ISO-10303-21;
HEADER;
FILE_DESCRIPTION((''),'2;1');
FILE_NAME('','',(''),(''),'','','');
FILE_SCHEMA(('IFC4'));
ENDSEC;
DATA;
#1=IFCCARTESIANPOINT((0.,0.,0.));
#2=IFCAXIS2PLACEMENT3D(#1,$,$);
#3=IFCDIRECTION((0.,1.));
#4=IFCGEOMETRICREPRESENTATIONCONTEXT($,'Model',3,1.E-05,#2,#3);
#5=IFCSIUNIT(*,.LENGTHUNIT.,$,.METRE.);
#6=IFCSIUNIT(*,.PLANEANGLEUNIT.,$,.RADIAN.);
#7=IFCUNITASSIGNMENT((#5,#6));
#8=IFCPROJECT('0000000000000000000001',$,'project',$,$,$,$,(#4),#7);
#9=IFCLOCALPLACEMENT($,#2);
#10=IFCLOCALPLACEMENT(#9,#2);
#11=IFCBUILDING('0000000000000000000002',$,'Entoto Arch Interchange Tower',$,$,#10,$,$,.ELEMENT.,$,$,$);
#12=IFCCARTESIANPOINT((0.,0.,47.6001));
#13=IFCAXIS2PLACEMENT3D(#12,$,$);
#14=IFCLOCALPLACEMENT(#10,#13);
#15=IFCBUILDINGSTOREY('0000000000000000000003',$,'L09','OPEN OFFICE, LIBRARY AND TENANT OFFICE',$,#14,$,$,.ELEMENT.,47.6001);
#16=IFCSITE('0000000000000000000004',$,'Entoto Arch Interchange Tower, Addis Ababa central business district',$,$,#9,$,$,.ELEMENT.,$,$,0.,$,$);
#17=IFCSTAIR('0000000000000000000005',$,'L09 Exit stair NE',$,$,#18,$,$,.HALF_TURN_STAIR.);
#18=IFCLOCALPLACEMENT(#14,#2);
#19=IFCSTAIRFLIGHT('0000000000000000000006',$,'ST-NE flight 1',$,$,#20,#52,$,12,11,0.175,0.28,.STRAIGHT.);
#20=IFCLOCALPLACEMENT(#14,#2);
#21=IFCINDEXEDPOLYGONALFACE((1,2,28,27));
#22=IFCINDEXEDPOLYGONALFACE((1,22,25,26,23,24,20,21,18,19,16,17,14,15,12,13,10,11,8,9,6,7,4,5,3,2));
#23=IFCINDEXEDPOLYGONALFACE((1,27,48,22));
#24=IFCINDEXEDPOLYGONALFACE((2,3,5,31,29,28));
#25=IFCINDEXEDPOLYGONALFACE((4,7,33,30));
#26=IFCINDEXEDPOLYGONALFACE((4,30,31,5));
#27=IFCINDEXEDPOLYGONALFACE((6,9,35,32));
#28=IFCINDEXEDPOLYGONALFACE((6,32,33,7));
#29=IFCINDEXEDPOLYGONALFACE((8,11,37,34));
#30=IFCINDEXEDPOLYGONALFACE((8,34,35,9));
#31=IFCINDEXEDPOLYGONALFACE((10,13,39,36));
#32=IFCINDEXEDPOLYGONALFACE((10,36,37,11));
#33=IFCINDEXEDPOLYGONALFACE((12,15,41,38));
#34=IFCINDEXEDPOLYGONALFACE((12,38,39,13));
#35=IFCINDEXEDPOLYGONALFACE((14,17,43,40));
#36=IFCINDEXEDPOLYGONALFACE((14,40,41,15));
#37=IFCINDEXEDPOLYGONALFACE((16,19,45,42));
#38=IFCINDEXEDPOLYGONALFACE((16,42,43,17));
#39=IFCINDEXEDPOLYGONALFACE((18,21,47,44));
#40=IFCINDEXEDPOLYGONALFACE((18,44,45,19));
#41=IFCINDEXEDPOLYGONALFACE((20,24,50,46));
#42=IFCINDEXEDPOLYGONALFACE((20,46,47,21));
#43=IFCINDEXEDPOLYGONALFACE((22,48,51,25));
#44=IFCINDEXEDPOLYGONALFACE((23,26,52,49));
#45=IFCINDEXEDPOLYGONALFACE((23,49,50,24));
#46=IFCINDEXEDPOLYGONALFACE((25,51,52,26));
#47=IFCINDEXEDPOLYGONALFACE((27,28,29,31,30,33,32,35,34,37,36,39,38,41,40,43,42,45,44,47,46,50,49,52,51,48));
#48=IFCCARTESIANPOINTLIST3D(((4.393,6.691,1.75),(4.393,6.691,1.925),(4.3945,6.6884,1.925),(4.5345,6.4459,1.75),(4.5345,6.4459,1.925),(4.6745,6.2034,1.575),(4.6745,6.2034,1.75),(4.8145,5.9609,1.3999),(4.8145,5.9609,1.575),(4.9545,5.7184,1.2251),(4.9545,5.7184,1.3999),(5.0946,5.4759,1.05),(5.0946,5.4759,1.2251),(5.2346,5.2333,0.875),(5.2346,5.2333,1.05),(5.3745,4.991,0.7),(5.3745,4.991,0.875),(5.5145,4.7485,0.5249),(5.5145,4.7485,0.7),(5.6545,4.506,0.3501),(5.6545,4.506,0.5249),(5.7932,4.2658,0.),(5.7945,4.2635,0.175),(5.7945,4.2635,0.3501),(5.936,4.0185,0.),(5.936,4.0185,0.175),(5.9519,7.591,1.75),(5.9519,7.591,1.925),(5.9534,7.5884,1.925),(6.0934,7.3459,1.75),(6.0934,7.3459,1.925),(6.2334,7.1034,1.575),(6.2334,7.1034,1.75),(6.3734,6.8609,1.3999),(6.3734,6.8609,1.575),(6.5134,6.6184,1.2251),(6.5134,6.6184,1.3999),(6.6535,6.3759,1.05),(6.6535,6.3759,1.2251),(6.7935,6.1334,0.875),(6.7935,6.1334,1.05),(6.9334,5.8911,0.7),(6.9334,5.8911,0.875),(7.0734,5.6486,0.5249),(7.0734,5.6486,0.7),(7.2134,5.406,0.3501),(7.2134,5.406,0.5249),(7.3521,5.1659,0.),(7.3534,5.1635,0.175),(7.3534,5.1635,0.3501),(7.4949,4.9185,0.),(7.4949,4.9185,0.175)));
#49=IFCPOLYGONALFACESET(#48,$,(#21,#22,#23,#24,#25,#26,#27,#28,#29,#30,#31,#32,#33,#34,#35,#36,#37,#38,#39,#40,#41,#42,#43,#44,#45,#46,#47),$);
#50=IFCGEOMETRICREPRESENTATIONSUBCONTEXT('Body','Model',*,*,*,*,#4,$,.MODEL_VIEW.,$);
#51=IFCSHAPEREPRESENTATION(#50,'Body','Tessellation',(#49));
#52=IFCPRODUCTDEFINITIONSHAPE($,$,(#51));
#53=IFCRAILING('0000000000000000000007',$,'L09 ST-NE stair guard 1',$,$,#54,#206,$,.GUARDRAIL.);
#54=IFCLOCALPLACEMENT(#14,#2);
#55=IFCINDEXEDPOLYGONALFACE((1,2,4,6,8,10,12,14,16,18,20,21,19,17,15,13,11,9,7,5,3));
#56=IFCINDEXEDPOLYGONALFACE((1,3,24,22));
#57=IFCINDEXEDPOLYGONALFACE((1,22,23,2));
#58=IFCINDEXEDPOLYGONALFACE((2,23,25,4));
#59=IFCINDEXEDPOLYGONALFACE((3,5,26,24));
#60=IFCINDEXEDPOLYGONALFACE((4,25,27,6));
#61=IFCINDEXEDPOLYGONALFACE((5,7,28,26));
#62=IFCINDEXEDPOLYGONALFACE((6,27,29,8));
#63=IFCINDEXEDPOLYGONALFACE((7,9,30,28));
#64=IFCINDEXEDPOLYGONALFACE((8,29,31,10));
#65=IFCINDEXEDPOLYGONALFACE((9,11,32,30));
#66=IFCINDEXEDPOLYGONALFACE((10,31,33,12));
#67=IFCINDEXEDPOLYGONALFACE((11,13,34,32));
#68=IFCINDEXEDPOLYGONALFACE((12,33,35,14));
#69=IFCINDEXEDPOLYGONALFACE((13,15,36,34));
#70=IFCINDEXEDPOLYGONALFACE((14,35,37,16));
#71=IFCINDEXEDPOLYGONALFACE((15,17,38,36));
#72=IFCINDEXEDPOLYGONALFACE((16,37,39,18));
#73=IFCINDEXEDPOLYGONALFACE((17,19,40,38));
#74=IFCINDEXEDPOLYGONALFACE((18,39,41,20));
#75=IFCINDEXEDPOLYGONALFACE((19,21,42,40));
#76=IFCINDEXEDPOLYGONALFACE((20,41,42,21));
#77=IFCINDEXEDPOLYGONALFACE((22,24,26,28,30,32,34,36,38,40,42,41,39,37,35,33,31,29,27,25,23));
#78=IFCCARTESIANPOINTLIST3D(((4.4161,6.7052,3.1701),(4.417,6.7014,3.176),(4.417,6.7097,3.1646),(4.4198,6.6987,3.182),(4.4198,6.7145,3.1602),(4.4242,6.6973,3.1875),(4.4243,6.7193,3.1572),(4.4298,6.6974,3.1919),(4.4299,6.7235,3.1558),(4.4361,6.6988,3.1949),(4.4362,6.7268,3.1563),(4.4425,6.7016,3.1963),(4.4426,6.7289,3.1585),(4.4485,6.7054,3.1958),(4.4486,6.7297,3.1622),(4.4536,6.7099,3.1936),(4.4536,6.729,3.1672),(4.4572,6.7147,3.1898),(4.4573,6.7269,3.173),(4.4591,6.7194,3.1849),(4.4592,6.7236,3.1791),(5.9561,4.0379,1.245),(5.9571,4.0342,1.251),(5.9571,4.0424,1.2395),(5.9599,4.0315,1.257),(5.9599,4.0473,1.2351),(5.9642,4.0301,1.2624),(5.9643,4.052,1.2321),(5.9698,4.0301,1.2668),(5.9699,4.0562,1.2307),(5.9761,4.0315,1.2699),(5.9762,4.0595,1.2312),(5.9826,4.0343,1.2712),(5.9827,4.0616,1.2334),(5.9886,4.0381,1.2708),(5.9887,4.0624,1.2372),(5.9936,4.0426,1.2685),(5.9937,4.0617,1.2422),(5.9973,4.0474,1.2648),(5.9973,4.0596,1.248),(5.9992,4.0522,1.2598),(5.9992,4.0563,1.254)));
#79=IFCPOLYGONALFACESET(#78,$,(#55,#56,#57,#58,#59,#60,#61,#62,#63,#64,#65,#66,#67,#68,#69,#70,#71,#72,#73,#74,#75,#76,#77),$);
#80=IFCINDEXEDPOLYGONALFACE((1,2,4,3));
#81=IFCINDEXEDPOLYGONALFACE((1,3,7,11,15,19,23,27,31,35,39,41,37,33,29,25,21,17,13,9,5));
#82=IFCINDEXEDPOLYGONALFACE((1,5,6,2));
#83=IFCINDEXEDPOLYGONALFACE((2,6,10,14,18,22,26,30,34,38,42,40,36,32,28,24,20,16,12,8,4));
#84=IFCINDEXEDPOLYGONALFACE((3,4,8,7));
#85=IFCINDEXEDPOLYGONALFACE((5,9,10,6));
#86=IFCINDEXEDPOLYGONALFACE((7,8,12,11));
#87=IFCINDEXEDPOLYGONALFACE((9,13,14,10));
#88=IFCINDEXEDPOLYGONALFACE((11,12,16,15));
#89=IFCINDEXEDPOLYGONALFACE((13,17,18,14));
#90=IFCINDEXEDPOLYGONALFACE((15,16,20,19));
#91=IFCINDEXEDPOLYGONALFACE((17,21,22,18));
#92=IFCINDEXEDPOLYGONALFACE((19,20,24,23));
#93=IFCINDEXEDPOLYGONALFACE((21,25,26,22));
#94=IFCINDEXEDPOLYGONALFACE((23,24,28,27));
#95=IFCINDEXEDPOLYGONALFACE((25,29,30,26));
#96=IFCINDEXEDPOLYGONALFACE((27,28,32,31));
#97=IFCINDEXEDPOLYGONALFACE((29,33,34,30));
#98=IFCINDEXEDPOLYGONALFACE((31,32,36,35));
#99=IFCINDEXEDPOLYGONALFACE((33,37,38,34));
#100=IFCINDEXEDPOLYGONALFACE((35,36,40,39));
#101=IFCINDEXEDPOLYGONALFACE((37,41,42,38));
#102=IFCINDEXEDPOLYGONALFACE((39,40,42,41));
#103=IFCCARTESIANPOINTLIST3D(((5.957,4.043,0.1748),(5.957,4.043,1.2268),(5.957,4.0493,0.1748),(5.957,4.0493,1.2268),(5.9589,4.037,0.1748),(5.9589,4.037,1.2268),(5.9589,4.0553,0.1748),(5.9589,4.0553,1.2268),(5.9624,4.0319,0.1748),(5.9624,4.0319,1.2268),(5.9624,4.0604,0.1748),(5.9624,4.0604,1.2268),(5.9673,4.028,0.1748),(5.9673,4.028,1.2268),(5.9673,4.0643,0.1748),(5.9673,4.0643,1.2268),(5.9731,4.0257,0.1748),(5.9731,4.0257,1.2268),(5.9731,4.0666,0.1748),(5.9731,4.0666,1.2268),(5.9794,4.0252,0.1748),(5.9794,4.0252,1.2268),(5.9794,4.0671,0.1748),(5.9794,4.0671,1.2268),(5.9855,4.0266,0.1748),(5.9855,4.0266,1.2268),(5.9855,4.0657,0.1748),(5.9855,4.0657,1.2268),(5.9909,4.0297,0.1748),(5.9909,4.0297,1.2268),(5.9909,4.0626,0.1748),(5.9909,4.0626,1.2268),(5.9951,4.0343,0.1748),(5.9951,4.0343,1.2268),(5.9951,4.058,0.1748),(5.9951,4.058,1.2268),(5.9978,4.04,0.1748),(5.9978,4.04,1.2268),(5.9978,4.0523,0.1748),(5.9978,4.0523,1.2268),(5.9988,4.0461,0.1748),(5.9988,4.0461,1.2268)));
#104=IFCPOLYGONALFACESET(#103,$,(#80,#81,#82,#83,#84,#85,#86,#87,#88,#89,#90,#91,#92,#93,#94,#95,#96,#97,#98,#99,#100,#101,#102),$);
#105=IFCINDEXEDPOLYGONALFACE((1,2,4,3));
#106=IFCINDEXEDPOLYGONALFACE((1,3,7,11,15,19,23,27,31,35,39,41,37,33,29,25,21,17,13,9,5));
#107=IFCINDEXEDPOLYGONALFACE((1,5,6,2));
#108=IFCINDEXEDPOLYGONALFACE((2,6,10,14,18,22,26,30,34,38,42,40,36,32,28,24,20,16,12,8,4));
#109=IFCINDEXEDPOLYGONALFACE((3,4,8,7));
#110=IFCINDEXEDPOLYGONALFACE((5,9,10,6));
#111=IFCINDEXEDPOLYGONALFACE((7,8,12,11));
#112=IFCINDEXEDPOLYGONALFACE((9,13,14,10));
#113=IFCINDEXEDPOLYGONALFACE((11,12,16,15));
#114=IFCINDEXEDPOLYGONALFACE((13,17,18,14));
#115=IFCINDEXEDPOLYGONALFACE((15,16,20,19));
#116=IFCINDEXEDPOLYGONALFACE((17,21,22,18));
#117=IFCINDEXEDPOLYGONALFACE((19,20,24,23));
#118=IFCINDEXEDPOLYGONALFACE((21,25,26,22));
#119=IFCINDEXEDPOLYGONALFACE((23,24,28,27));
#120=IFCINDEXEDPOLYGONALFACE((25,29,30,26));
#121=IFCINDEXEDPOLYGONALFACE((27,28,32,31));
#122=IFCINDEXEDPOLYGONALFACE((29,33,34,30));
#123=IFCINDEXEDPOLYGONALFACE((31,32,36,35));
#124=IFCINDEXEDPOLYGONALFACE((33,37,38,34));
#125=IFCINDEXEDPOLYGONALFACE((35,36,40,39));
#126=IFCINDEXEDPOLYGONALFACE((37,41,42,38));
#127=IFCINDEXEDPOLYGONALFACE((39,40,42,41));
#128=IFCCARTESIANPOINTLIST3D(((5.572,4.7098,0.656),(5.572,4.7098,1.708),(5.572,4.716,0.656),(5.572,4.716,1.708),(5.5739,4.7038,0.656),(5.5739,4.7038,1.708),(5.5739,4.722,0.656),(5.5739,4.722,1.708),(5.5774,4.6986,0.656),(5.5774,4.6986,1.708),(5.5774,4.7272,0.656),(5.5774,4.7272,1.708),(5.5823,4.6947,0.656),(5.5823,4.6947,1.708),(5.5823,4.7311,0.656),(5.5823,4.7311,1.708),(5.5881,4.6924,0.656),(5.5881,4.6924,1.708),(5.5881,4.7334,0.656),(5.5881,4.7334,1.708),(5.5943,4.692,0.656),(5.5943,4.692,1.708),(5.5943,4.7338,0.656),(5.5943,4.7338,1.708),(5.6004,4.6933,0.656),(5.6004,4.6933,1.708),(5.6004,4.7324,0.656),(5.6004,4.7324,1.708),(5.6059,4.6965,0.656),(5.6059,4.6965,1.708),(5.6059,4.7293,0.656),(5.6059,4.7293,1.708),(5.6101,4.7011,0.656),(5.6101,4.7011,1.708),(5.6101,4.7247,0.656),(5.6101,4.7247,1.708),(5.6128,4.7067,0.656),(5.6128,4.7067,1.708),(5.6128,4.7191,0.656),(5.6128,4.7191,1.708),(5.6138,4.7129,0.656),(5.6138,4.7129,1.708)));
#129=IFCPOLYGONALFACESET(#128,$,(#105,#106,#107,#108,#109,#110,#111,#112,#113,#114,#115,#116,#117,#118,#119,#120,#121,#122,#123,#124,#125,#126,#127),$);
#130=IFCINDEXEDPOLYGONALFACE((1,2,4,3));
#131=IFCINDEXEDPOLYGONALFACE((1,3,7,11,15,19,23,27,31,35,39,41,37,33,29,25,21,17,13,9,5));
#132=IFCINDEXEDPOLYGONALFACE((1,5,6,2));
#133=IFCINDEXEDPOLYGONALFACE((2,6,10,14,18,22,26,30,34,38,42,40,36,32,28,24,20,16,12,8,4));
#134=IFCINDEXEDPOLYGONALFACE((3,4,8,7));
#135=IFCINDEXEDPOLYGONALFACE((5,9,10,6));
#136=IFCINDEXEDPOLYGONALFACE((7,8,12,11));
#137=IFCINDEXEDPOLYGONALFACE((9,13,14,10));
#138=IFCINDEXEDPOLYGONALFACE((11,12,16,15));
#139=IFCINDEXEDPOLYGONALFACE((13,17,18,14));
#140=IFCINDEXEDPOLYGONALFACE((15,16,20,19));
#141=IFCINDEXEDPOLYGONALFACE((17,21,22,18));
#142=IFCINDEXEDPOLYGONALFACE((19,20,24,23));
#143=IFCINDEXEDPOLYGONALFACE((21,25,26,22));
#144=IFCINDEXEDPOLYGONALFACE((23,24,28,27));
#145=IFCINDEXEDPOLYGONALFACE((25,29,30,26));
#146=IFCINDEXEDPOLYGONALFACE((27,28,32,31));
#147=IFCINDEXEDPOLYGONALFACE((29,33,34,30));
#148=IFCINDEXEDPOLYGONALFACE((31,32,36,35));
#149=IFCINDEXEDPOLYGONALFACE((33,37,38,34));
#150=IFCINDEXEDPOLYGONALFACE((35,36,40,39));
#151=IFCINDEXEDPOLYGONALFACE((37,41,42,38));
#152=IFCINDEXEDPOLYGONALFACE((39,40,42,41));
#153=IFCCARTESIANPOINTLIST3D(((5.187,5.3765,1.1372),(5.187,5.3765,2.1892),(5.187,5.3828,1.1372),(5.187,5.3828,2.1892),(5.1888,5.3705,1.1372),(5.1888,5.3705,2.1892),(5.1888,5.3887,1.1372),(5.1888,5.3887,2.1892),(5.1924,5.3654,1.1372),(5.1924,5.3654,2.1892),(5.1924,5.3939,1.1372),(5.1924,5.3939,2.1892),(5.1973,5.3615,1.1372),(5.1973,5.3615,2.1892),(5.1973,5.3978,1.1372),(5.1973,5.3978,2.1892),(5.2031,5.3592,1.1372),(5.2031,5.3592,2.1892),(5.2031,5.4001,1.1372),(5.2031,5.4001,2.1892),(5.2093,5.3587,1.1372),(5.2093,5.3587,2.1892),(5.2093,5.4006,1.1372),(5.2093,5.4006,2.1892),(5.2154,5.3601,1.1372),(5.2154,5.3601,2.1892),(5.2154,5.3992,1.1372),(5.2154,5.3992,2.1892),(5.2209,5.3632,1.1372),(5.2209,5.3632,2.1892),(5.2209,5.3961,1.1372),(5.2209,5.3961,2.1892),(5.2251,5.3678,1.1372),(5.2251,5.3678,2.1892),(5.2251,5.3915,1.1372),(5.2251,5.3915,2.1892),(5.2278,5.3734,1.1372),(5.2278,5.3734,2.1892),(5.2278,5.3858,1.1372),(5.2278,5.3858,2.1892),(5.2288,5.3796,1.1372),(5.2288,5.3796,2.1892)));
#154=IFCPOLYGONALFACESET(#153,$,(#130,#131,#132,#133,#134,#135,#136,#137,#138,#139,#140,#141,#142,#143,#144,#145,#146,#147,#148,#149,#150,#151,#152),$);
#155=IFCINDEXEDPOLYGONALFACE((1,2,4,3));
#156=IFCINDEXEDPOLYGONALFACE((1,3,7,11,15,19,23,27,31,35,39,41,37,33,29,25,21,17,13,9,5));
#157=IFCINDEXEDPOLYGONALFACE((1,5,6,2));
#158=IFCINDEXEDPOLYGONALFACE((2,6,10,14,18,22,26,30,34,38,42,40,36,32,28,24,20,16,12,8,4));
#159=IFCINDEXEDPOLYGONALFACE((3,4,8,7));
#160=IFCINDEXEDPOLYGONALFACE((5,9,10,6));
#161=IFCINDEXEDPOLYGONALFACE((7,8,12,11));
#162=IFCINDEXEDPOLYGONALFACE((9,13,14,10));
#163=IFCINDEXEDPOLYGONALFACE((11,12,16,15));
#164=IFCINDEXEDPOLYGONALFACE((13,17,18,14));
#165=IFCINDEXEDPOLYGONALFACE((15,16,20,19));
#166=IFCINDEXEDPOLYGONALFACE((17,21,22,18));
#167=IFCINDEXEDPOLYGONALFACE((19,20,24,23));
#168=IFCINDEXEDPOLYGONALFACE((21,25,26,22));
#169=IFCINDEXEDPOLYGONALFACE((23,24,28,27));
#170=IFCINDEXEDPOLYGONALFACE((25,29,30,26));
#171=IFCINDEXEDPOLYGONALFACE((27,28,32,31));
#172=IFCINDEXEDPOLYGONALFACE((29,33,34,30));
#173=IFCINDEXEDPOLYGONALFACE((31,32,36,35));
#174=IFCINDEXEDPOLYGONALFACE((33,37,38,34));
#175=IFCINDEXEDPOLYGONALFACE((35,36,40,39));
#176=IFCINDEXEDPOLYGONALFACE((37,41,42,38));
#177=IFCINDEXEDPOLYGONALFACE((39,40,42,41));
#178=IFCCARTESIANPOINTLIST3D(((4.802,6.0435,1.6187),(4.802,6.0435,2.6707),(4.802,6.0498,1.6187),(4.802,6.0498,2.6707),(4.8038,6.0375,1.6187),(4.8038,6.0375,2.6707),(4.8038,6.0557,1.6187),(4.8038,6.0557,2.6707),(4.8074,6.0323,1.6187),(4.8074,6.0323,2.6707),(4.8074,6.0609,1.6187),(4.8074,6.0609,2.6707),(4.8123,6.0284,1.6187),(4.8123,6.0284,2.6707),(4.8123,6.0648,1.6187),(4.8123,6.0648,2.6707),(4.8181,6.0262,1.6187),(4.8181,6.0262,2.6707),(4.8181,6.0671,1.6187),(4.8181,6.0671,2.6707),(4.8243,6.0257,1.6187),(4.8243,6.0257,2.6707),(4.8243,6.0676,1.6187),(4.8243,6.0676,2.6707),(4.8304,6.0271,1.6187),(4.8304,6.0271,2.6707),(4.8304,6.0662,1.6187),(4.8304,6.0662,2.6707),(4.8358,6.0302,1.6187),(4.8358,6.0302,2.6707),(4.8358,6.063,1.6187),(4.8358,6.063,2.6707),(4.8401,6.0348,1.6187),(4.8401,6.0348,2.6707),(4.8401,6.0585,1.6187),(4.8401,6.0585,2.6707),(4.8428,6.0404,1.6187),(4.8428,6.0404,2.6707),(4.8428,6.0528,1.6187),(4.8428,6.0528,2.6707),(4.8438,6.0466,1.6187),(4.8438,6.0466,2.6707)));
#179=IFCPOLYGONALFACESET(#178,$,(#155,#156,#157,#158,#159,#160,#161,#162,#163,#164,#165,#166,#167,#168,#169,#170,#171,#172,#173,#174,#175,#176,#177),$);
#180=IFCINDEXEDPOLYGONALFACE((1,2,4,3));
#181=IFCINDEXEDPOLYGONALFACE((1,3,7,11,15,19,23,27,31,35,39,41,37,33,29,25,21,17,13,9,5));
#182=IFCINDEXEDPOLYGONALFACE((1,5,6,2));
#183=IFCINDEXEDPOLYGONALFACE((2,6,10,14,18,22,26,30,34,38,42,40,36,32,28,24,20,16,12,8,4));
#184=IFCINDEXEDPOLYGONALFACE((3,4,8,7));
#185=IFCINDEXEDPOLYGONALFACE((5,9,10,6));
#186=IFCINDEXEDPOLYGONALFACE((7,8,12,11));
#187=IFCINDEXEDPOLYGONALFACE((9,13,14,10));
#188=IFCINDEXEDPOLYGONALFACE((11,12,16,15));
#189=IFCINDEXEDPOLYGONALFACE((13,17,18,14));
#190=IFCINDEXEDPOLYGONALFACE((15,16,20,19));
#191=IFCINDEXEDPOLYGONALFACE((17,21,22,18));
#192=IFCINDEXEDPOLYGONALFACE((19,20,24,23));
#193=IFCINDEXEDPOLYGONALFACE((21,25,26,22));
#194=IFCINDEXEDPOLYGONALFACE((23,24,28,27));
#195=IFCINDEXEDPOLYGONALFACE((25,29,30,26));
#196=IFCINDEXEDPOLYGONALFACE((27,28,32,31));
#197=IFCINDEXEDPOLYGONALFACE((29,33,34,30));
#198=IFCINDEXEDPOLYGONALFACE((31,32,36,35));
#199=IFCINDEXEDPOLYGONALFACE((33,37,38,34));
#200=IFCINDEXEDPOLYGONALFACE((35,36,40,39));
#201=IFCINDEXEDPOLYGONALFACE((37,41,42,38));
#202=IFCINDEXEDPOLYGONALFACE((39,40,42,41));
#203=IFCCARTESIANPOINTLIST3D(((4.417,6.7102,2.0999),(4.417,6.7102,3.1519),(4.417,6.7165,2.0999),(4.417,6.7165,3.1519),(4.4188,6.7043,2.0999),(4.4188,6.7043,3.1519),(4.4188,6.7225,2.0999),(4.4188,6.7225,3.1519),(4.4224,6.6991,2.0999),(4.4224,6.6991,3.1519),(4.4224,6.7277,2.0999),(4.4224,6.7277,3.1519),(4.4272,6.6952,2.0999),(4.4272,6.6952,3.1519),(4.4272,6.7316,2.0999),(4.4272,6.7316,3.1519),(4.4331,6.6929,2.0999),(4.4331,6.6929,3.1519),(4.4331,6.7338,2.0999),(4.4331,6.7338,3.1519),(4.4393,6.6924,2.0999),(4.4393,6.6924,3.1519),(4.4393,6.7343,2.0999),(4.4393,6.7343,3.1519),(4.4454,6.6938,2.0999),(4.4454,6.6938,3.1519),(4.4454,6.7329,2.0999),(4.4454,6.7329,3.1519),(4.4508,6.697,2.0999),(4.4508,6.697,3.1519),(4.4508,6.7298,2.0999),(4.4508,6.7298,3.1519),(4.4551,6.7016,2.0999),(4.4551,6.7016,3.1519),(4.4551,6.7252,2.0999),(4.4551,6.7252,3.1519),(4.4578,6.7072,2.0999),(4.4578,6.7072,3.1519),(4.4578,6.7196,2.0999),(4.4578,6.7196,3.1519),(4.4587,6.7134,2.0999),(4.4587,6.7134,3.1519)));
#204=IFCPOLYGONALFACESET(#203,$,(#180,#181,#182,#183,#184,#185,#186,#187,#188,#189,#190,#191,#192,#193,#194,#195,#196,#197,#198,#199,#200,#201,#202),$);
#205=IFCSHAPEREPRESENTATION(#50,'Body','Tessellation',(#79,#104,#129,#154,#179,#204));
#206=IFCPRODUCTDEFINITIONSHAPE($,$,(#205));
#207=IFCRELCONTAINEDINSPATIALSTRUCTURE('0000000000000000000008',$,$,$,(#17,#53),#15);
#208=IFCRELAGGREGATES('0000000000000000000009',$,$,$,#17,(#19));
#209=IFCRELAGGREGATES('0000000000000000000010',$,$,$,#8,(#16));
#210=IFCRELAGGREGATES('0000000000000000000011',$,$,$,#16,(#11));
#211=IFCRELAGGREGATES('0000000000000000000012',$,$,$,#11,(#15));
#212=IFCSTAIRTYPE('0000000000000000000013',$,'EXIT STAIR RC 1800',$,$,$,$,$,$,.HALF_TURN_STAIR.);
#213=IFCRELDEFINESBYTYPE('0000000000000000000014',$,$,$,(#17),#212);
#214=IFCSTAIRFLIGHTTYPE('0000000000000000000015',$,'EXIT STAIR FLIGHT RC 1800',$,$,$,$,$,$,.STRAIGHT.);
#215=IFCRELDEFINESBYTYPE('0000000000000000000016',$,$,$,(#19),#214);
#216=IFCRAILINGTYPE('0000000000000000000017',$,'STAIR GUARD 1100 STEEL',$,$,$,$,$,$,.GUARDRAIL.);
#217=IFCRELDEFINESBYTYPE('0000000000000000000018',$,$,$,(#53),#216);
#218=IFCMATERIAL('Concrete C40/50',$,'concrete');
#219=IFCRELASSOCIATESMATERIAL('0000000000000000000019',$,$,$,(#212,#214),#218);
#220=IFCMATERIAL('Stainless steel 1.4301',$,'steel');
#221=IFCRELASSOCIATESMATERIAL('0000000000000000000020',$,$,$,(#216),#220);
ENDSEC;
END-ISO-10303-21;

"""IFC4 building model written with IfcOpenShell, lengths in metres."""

from ifc_helpers import new_model, si_unit, direction, frame, origin, origin_2d, place, context, subcontext, project, spatial, polyline, circle, outline, extrude, material, type_object, element, aggregate, save


model = new_model("IFC4")

# Units and contexts
model_context = context("Model", 3, precision=1e-05, world=origin(), true_north=direction((0.0, 1.0)))
body_context = subcontext(model_context, "Body", "Model", "MODEL_VIEW")
ifc_project = project(units=[si_unit("LENGTHUNIT", "METRE"), si_unit("PLANEANGLEUNIT", "RADIAN")], contexts=[model_context])

# Site, building, storey
site_placement = place(None, origin())
site = spatial("IfcSite", under=ifc_project, at=site_placement, Name="Entoto Arch Interchange Tower, Addis Ababa central business district", CompositionType="ELEMENT", RefElevation=0.0)
building_placement = place(site_placement, origin())
building = spatial("IfcBuilding", under=site, at=building_placement, Name="Entoto Arch Interchange Tower", CompositionType="ELEMENT")
storey_placement = place(building_placement, frame((0.0, 0.0, 47.6001)))
storey = spatial("IfcBuildingStorey", under=building, at=storey_placement, Name="L09", Description="OPEN OFFICE, LIBRARY AND TENANT OFFICE", CompositionType="ELEMENT", Elevation=47.6001)

# Shared definitions
ifc_material_1 = material(Name="Concrete C40/50", Category="concrete")

# Stair, stair flight
stair_type = type_object("IfcStairType", Name="EXIT STAIR RC 1800", PredefinedType="HALF_TURN_STAIR", material=ifc_material_1)
stair_placement = place(storey_placement, origin())
stair = element("IfcStair", 1, at=stair_placement, inside=storey, type_object=stair_type, Name="L09 Exit stair NE", PredefinedType="HALF_TURN_STAIR")
stair_flight_type = type_object("IfcStairFlightType", Name="EXIT STAIR FLIGHT RC 1800", PredefinedType="STRAIGHT", material=ifc_material_1)
stair_flight_placement = place(storey_placement, frame((6.7139, 4.4709, 0.0), z_axis=(0.0, 0.0, 1.0), x_axis=(-0.5, 0.866025, 0.0)))
stair_flight = element("IfcStairFlight", 2, at=stair_flight_placement, type_object=stair_flight_type, Name="ST-NE flight 1", NumberOfRisers=12, NumberOfTreads=11, PredefinedType="STRAIGHT", RiserHeight=0.175, TreadLength=0.28, context=body_context, shape_type="SweptSolid", body=[
    extrude(outline(polyline([(-0.0029, 0.0), (-0.0029, 0.175), (0.28, 0.175), (0.28, 0.3501), (0.5601, 0.3501), (0.5601, 0.5249), (0.8401, 0.5249), (0.8401, 0.7), (1.1201, 0.7), (1.1201, 0.875), (1.3999, 0.875), (1.3999, 1.05), (1.6799, 1.05), (1.6799, 1.2251), (1.96, 1.2251), (1.96, 1.3999), (2.24, 1.3999), (2.24, 1.575), (2.52, 1.575), (2.52, 1.75), (2.8, 1.75), (2.8, 1.925), (3.0801, 1.925), (3.083, 1.925), (3.083, 1.75), (0.2827, 0.0), (-0.0029, 0.0)])), frame((0.0, 0.8999, 0.0), z_axis=(0.0, -1.0, 0.0), x_axis=(1.0, 0.0, 0.0)), (0.0, 0.0, 1.0), 1.8),
])
aggregate(stair, [stair_flight])

# Railing
ifc_material_2 = material(Name="Stainless steel 1.4301", Category="steel")
railing_type_1 = type_object("IfcRailingType", Name="STAIR GUARD 1100 STEEL", PredefinedType="GUARDRAIL", material=ifc_material_2)
railing_1_placement = place(storey_placement, frame((5.9778, 4.0461, 0.1748)))
element("IfcRailing", 3, at=railing_1_placement, inside=storey, type_object=railing_type_1, Name="L09 ST-NE stair guard 1", PredefinedType="GUARDRAIL", context=body_context, shape_type="SweptSolid", body=[
    extrude(circle(Radius=0.0239, at=origin_2d()), frame((0.0, 0.0, 1.0762), z_axis=(-0.424015, 0.734364, 0.530019), x_axis=(-0.86601, -0.500027, 0.0)), (0.0, 0.0, 1.0), 3.6321),
    extrude(circle(Radius=0.021, at=origin_2d()), origin(), (0.0, 0.0, 1.0), 1.052),
    extrude(circle(Radius=0.021, at=origin_2d()), frame((-0.385, 0.6667, 0.4812)), (0.0, 0.0, 1.0), 1.052),
    extrude(circle(Radius=0.021, at=origin_2d()), frame((-0.77, 1.3335, 0.9624)), (0.0, 0.0, 1.0), 1.052),
    extrude(circle(Radius=0.021, at=origin_2d()), frame((-1.155, 2.0005, 1.4438)), (0.0, 0.0, 1.0), 1.052),
    extrude(circle(Radius=0.021, at=origin_2d()), frame((-1.54, 2.6672, 1.925)), (0.0, 0.0, 1.0), 1.052),
])

save(model, "model.ifc")
